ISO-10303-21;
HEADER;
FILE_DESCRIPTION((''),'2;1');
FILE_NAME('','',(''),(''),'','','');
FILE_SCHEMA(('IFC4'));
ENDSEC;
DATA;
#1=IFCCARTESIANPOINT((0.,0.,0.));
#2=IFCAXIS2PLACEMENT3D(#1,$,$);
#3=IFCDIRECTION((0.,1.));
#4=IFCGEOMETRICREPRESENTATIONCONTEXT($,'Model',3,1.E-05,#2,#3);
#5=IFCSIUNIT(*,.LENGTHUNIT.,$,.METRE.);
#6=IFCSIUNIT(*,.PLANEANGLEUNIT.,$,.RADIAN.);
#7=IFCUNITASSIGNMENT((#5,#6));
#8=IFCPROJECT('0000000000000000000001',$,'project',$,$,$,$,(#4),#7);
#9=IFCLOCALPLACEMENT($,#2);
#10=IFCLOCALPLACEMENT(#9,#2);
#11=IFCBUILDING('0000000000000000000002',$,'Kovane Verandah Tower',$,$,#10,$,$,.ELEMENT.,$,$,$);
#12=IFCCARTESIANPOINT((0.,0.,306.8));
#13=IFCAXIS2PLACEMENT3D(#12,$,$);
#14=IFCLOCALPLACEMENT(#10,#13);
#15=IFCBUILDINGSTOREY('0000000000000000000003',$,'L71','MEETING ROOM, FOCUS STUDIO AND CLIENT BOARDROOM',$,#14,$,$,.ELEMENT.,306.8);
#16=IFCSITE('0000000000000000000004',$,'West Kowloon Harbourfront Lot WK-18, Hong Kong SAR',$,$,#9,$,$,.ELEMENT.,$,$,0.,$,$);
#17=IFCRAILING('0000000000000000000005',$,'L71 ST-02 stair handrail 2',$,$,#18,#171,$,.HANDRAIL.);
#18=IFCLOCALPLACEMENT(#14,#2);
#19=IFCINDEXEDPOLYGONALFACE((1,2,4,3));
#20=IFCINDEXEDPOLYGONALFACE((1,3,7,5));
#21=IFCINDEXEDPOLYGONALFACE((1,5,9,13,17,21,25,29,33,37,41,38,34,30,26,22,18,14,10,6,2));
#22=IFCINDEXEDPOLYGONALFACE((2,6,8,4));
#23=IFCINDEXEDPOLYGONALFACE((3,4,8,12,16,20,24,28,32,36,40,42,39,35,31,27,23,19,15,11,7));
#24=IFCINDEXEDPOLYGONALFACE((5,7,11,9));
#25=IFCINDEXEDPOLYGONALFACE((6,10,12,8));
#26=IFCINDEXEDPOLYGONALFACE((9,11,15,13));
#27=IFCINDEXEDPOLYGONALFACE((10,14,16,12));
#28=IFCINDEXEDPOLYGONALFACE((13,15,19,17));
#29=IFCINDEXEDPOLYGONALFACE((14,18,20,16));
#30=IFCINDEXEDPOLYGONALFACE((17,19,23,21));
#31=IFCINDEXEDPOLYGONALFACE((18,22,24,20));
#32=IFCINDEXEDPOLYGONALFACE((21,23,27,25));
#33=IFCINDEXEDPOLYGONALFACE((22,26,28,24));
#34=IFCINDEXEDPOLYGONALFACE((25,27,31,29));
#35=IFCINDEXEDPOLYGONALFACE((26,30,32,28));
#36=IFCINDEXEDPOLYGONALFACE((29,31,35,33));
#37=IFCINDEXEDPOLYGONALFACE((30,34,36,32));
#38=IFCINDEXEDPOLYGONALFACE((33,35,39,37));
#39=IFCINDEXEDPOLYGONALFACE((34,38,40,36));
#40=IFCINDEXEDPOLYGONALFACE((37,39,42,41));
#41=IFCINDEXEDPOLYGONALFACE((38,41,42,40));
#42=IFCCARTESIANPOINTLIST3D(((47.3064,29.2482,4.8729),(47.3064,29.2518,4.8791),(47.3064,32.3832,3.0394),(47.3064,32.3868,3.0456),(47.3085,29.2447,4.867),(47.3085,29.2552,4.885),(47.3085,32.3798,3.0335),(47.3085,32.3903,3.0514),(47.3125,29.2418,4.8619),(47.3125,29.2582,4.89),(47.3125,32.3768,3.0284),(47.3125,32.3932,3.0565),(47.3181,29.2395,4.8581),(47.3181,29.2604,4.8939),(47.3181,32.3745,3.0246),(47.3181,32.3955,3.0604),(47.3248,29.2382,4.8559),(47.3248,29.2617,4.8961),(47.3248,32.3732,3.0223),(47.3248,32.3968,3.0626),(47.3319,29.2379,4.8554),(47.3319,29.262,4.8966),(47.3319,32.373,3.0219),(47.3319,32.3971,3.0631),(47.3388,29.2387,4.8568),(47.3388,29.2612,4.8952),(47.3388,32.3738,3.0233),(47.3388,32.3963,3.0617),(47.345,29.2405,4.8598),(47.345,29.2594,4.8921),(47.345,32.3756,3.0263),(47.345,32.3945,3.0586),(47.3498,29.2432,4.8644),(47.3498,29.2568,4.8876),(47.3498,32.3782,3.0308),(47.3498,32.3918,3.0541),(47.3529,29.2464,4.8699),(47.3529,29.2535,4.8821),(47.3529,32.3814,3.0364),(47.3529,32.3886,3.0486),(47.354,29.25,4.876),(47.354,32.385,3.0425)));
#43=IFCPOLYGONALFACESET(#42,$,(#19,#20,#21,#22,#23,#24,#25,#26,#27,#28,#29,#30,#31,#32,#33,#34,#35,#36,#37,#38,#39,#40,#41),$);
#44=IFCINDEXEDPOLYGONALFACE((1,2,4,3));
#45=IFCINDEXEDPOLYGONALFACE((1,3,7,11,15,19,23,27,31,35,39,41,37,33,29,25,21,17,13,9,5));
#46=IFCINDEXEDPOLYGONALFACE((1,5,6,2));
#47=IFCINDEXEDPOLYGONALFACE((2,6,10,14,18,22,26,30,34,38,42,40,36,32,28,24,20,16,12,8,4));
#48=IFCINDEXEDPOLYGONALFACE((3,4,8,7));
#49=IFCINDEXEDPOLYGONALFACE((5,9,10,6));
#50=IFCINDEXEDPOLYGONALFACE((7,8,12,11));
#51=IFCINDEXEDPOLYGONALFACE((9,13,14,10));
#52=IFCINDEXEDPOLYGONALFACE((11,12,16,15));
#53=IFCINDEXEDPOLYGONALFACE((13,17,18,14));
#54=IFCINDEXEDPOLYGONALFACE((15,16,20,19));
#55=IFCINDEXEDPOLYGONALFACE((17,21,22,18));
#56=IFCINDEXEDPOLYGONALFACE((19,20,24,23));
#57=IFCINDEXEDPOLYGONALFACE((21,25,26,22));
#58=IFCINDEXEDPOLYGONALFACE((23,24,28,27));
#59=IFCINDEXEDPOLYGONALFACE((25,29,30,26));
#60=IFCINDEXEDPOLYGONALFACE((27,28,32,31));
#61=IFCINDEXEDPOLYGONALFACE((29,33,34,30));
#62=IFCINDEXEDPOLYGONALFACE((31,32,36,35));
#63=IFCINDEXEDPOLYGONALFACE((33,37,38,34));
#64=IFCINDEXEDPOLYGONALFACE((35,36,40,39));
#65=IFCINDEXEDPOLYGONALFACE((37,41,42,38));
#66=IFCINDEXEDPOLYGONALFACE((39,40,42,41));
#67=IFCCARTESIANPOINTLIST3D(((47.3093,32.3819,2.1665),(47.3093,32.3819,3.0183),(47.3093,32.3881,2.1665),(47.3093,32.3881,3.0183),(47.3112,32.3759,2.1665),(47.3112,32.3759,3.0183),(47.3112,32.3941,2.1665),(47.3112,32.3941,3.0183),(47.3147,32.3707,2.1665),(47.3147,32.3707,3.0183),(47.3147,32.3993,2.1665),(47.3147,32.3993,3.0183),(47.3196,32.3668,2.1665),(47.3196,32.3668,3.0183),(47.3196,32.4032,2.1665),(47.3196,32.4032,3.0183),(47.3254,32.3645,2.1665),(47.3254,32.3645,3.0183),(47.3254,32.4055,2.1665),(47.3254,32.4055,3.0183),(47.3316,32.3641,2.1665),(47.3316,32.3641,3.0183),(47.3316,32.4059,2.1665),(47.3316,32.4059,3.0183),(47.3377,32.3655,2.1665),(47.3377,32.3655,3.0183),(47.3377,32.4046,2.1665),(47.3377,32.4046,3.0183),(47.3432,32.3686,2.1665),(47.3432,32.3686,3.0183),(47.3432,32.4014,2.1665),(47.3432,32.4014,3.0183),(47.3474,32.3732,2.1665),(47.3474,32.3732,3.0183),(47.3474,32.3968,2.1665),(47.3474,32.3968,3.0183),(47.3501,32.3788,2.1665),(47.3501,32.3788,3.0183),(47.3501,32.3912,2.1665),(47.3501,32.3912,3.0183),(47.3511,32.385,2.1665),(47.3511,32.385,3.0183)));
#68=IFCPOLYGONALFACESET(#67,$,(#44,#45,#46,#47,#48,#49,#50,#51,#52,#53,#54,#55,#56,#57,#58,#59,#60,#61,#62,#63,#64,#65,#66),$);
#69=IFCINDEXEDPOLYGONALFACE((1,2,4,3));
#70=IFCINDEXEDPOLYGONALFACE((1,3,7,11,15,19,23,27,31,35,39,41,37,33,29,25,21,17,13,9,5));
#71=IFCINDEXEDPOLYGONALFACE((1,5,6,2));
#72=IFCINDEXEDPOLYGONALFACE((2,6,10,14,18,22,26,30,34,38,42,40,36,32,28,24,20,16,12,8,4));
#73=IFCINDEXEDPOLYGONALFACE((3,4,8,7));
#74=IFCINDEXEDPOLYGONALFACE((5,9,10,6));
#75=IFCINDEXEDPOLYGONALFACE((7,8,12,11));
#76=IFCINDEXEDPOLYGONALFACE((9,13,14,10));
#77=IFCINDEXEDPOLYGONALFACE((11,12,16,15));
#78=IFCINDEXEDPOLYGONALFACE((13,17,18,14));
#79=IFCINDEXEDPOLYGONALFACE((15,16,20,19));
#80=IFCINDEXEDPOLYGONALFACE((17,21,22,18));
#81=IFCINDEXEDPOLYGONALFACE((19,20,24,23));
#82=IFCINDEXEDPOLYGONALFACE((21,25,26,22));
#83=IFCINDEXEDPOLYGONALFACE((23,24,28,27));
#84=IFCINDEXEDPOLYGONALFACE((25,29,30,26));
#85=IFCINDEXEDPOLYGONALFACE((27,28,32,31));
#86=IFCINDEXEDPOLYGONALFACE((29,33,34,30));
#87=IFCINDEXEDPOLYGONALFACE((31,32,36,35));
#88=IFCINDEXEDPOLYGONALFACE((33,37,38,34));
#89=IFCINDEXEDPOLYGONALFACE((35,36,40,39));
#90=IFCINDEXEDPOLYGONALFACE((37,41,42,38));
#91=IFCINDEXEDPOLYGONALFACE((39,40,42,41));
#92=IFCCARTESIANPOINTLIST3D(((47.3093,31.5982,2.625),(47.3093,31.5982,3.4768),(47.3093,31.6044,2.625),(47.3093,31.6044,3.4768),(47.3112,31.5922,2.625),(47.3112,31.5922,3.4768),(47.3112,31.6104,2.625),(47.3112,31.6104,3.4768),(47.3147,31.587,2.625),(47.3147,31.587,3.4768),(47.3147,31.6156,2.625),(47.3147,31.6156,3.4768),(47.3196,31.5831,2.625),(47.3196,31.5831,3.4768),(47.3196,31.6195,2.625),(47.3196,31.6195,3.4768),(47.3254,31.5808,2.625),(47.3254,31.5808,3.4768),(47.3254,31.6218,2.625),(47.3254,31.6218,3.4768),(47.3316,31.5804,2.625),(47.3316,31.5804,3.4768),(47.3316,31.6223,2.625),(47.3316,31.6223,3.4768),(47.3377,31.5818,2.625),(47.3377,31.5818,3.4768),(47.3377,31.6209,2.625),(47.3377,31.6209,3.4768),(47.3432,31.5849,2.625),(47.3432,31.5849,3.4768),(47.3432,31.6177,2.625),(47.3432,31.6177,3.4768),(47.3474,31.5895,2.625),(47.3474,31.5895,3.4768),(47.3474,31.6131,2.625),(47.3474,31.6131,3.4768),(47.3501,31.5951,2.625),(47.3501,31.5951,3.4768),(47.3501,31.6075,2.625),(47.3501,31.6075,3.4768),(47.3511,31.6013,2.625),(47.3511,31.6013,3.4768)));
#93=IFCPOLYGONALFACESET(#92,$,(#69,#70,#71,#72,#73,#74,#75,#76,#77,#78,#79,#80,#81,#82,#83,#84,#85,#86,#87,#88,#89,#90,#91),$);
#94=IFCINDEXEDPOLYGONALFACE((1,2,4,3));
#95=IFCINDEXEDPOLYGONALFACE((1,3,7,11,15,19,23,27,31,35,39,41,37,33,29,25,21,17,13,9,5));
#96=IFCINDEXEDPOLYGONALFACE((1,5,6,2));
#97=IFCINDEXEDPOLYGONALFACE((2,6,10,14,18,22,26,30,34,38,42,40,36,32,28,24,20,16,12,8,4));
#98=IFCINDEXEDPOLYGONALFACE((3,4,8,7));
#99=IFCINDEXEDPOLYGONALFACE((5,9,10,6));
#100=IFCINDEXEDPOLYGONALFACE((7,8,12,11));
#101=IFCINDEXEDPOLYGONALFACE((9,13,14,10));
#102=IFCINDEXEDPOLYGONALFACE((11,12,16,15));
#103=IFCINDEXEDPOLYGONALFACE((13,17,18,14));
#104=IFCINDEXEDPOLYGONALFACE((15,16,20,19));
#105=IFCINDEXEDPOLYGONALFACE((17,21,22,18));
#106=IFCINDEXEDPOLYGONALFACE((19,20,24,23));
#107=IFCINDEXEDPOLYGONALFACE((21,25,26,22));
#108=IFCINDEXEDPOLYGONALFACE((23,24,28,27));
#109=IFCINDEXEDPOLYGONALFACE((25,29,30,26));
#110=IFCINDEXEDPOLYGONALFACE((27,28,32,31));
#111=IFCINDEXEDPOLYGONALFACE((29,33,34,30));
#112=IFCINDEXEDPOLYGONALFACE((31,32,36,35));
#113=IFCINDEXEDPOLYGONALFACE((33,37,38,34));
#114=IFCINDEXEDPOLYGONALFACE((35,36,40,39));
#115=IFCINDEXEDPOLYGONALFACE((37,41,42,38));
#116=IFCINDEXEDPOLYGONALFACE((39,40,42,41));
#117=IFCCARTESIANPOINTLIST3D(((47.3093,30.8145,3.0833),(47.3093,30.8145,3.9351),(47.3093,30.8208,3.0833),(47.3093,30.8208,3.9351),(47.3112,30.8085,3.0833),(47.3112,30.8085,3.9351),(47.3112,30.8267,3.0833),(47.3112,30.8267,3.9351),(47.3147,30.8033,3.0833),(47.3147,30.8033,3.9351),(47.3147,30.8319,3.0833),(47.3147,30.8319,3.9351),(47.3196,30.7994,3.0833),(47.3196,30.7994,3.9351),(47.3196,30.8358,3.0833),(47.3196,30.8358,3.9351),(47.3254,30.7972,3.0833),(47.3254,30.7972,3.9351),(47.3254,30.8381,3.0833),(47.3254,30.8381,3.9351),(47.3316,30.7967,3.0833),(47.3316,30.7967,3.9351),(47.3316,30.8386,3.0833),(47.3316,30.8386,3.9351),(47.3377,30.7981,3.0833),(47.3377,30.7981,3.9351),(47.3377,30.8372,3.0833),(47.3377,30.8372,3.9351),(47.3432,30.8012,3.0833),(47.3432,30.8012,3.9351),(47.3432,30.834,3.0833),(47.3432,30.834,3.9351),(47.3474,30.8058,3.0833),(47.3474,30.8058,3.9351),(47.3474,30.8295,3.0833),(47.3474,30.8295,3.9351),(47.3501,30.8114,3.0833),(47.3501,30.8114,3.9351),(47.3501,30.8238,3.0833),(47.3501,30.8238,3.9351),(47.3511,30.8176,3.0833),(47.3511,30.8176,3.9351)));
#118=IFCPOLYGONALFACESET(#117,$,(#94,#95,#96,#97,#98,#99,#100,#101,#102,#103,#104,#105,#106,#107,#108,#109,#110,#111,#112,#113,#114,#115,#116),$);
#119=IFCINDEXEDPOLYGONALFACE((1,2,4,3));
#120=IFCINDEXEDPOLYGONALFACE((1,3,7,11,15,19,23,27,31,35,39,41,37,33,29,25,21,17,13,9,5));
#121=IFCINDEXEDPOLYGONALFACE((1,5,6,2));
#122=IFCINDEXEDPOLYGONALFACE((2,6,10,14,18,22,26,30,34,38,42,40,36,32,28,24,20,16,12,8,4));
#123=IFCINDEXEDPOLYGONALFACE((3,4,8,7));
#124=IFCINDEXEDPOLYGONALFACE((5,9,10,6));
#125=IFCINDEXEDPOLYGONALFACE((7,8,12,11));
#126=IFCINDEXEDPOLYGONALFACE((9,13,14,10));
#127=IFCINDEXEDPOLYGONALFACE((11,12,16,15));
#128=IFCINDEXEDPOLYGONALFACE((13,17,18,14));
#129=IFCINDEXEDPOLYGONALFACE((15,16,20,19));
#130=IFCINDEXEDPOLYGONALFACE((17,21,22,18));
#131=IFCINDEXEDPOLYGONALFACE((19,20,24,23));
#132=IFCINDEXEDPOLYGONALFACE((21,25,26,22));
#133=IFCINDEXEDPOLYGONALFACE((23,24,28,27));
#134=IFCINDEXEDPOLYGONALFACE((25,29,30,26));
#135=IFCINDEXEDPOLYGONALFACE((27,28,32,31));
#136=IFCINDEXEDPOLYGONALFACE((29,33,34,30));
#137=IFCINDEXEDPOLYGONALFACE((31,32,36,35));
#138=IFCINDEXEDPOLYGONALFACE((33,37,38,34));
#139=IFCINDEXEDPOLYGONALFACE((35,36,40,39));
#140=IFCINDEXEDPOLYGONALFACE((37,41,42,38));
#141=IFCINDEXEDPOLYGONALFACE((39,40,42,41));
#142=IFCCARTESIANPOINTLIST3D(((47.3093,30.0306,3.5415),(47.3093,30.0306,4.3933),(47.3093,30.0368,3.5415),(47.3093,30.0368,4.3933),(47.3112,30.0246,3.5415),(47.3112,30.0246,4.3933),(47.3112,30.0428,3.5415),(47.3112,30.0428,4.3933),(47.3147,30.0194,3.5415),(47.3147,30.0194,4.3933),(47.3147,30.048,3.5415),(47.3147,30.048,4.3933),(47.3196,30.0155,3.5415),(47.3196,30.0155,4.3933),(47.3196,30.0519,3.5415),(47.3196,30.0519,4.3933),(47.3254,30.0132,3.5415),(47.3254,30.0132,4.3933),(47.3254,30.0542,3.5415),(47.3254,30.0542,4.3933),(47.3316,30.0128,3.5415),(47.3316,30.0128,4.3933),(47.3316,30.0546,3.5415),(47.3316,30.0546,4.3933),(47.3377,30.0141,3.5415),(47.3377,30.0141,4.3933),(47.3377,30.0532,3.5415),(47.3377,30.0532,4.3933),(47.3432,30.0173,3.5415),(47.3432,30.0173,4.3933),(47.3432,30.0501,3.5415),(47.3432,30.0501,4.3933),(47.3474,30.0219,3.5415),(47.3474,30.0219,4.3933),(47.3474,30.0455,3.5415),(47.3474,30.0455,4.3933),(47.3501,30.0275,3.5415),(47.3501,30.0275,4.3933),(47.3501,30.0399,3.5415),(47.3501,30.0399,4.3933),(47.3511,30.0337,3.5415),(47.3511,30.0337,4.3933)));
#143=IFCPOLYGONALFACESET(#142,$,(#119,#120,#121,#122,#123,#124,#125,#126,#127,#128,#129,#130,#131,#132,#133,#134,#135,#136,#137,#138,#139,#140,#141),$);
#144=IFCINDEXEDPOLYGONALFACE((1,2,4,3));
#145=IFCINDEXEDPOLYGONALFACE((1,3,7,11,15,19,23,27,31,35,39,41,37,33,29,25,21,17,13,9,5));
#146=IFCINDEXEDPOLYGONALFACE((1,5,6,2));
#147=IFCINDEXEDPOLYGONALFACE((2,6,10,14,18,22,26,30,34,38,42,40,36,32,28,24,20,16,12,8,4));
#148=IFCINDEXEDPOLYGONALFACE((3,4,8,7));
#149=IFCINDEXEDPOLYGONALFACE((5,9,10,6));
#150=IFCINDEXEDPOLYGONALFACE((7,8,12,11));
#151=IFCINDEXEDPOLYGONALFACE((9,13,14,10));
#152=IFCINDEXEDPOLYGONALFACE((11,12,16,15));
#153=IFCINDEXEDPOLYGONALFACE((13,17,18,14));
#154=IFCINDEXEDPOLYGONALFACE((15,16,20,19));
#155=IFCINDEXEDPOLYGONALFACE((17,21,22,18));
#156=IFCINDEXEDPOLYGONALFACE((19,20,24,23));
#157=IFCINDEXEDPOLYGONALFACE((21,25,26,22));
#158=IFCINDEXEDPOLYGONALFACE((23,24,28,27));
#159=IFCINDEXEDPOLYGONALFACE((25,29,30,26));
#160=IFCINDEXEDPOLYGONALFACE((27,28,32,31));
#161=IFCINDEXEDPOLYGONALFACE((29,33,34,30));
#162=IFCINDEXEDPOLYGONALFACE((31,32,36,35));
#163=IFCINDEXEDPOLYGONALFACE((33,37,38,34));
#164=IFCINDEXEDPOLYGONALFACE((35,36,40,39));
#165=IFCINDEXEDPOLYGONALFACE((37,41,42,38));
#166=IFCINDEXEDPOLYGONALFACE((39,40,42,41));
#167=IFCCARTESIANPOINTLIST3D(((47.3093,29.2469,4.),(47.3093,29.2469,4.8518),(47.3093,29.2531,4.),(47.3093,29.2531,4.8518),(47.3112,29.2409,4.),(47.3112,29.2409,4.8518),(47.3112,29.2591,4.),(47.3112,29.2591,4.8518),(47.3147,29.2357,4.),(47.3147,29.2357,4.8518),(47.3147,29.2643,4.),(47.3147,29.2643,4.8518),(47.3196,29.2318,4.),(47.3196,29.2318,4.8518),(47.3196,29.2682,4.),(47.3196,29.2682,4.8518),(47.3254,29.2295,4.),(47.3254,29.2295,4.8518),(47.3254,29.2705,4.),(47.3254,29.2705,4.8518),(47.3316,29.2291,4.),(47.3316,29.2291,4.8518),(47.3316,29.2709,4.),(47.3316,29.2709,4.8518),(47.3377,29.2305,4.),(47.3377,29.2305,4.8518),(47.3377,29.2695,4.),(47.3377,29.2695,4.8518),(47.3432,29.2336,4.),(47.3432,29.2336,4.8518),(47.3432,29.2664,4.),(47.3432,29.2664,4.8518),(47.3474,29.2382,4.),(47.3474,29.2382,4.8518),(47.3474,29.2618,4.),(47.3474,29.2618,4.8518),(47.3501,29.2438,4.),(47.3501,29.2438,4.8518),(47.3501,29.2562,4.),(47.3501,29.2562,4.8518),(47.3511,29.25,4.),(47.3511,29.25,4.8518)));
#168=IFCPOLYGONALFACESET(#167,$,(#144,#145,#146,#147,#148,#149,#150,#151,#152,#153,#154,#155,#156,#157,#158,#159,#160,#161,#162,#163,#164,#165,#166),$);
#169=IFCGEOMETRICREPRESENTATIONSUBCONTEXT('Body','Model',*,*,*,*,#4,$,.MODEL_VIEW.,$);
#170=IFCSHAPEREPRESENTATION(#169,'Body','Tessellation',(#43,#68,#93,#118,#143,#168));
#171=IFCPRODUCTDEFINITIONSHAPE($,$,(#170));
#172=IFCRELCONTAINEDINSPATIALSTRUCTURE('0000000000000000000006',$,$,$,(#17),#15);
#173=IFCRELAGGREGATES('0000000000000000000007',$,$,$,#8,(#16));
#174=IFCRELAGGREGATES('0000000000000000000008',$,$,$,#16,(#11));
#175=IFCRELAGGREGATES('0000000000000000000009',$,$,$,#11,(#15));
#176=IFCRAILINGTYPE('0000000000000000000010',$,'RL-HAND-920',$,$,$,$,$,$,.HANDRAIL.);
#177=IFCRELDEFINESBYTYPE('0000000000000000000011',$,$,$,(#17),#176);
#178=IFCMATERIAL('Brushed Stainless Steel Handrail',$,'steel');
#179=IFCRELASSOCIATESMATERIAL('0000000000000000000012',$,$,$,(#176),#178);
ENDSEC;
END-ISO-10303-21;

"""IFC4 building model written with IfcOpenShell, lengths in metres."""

from ifc_helpers import new_model, si_unit, direction, frame, origin, origin_2d, place, context, subcontext, project, spatial, circle, extrude, material, type_object, element, save


model = new_model("IFC4")

# Units and contexts
model_context = context("Model", 3, precision=1e-05, world=origin(), true_north=direction((0.0, 1.0)))
body_context = subcontext(model_context, "Body", "Model", "MODEL_VIEW")
ifc_project = project(units=[si_unit("LENGTHUNIT", "METRE"), si_unit("PLANEANGLEUNIT", "RADIAN")], contexts=[model_context])

# Site, building, storey
site_placement = place(None, origin())
site = spatial("IfcSite", under=ifc_project, at=site_placement, Name="West Kowloon Harbourfront Lot WK-18, Hong Kong SAR", CompositionType="ELEMENT", RefElevation=0.0)
building_placement = place(site_placement, origin())
building = spatial("IfcBuilding", under=site, at=building_placement, Name="Kovane Verandah Tower", CompositionType="ELEMENT")
storey_placement = place(building_placement, frame((0.0, 0.0, 306.8)))
storey = spatial("IfcBuildingStorey", under=building, at=storey_placement, Name="L71", Description="MEETING ROOM, FOCUS STUDIO AND CLIENT BOARDROOM", CompositionType="ELEMENT", Elevation=306.8)

# Railing
ifc_material_1 = material(Name="Brushed Stainless Steel Handrail", Category="steel")
railing_type_1 = type_object("IfcRailingType", Name="RL-HAND-920", PredefinedType="HANDRAIL", material=ifc_material_1)
railing_1_placement = place(storey_placement, frame((47.3301, 32.385, 2.1665)))
element("IfcRailing", 1, at=railing_1_placement, inside=storey, type_object=railing_type_1, Name="L71 ST-02 stair handrail 2", PredefinedType="HANDRAIL", context=body_context, shape_type="SweptSolid", body=[
    extrude(circle(Radius=0.0239, at=origin_2d()), frame((0.0, 0.0, 0.876), z_axis=(0.0, -0.86321, 0.504845), x_axis=(1.0, 0.0, 0.0)), (0.0, 0.0, 1.0), 3.6318),
    extrude(circle(Radius=0.021, at=origin_2d()), origin(), (0.0, 0.0, 1.0), 0.8518),
    extrude(circle(Radius=0.021, at=origin_2d()), frame((0.0, -0.7837, 0.4585)), (0.0, 0.0, 1.0), 0.8518),
    extrude(circle(Radius=0.021, at=origin_2d()), frame((0.0, -1.5674, 0.9167)), (0.0, 0.0, 1.0), 0.8518),
    extrude(circle(Radius=0.021, at=origin_2d()), frame((0.0, -2.3513, 1.375)), (0.0, 0.0, 1.0), 0.8518),
    extrude(circle(Radius=0.021, at=origin_2d()), frame((0.0, -3.135, 1.8335)), (0.0, 0.0, 1.0), 0.8518),
])

save(model, "model.ifc")
